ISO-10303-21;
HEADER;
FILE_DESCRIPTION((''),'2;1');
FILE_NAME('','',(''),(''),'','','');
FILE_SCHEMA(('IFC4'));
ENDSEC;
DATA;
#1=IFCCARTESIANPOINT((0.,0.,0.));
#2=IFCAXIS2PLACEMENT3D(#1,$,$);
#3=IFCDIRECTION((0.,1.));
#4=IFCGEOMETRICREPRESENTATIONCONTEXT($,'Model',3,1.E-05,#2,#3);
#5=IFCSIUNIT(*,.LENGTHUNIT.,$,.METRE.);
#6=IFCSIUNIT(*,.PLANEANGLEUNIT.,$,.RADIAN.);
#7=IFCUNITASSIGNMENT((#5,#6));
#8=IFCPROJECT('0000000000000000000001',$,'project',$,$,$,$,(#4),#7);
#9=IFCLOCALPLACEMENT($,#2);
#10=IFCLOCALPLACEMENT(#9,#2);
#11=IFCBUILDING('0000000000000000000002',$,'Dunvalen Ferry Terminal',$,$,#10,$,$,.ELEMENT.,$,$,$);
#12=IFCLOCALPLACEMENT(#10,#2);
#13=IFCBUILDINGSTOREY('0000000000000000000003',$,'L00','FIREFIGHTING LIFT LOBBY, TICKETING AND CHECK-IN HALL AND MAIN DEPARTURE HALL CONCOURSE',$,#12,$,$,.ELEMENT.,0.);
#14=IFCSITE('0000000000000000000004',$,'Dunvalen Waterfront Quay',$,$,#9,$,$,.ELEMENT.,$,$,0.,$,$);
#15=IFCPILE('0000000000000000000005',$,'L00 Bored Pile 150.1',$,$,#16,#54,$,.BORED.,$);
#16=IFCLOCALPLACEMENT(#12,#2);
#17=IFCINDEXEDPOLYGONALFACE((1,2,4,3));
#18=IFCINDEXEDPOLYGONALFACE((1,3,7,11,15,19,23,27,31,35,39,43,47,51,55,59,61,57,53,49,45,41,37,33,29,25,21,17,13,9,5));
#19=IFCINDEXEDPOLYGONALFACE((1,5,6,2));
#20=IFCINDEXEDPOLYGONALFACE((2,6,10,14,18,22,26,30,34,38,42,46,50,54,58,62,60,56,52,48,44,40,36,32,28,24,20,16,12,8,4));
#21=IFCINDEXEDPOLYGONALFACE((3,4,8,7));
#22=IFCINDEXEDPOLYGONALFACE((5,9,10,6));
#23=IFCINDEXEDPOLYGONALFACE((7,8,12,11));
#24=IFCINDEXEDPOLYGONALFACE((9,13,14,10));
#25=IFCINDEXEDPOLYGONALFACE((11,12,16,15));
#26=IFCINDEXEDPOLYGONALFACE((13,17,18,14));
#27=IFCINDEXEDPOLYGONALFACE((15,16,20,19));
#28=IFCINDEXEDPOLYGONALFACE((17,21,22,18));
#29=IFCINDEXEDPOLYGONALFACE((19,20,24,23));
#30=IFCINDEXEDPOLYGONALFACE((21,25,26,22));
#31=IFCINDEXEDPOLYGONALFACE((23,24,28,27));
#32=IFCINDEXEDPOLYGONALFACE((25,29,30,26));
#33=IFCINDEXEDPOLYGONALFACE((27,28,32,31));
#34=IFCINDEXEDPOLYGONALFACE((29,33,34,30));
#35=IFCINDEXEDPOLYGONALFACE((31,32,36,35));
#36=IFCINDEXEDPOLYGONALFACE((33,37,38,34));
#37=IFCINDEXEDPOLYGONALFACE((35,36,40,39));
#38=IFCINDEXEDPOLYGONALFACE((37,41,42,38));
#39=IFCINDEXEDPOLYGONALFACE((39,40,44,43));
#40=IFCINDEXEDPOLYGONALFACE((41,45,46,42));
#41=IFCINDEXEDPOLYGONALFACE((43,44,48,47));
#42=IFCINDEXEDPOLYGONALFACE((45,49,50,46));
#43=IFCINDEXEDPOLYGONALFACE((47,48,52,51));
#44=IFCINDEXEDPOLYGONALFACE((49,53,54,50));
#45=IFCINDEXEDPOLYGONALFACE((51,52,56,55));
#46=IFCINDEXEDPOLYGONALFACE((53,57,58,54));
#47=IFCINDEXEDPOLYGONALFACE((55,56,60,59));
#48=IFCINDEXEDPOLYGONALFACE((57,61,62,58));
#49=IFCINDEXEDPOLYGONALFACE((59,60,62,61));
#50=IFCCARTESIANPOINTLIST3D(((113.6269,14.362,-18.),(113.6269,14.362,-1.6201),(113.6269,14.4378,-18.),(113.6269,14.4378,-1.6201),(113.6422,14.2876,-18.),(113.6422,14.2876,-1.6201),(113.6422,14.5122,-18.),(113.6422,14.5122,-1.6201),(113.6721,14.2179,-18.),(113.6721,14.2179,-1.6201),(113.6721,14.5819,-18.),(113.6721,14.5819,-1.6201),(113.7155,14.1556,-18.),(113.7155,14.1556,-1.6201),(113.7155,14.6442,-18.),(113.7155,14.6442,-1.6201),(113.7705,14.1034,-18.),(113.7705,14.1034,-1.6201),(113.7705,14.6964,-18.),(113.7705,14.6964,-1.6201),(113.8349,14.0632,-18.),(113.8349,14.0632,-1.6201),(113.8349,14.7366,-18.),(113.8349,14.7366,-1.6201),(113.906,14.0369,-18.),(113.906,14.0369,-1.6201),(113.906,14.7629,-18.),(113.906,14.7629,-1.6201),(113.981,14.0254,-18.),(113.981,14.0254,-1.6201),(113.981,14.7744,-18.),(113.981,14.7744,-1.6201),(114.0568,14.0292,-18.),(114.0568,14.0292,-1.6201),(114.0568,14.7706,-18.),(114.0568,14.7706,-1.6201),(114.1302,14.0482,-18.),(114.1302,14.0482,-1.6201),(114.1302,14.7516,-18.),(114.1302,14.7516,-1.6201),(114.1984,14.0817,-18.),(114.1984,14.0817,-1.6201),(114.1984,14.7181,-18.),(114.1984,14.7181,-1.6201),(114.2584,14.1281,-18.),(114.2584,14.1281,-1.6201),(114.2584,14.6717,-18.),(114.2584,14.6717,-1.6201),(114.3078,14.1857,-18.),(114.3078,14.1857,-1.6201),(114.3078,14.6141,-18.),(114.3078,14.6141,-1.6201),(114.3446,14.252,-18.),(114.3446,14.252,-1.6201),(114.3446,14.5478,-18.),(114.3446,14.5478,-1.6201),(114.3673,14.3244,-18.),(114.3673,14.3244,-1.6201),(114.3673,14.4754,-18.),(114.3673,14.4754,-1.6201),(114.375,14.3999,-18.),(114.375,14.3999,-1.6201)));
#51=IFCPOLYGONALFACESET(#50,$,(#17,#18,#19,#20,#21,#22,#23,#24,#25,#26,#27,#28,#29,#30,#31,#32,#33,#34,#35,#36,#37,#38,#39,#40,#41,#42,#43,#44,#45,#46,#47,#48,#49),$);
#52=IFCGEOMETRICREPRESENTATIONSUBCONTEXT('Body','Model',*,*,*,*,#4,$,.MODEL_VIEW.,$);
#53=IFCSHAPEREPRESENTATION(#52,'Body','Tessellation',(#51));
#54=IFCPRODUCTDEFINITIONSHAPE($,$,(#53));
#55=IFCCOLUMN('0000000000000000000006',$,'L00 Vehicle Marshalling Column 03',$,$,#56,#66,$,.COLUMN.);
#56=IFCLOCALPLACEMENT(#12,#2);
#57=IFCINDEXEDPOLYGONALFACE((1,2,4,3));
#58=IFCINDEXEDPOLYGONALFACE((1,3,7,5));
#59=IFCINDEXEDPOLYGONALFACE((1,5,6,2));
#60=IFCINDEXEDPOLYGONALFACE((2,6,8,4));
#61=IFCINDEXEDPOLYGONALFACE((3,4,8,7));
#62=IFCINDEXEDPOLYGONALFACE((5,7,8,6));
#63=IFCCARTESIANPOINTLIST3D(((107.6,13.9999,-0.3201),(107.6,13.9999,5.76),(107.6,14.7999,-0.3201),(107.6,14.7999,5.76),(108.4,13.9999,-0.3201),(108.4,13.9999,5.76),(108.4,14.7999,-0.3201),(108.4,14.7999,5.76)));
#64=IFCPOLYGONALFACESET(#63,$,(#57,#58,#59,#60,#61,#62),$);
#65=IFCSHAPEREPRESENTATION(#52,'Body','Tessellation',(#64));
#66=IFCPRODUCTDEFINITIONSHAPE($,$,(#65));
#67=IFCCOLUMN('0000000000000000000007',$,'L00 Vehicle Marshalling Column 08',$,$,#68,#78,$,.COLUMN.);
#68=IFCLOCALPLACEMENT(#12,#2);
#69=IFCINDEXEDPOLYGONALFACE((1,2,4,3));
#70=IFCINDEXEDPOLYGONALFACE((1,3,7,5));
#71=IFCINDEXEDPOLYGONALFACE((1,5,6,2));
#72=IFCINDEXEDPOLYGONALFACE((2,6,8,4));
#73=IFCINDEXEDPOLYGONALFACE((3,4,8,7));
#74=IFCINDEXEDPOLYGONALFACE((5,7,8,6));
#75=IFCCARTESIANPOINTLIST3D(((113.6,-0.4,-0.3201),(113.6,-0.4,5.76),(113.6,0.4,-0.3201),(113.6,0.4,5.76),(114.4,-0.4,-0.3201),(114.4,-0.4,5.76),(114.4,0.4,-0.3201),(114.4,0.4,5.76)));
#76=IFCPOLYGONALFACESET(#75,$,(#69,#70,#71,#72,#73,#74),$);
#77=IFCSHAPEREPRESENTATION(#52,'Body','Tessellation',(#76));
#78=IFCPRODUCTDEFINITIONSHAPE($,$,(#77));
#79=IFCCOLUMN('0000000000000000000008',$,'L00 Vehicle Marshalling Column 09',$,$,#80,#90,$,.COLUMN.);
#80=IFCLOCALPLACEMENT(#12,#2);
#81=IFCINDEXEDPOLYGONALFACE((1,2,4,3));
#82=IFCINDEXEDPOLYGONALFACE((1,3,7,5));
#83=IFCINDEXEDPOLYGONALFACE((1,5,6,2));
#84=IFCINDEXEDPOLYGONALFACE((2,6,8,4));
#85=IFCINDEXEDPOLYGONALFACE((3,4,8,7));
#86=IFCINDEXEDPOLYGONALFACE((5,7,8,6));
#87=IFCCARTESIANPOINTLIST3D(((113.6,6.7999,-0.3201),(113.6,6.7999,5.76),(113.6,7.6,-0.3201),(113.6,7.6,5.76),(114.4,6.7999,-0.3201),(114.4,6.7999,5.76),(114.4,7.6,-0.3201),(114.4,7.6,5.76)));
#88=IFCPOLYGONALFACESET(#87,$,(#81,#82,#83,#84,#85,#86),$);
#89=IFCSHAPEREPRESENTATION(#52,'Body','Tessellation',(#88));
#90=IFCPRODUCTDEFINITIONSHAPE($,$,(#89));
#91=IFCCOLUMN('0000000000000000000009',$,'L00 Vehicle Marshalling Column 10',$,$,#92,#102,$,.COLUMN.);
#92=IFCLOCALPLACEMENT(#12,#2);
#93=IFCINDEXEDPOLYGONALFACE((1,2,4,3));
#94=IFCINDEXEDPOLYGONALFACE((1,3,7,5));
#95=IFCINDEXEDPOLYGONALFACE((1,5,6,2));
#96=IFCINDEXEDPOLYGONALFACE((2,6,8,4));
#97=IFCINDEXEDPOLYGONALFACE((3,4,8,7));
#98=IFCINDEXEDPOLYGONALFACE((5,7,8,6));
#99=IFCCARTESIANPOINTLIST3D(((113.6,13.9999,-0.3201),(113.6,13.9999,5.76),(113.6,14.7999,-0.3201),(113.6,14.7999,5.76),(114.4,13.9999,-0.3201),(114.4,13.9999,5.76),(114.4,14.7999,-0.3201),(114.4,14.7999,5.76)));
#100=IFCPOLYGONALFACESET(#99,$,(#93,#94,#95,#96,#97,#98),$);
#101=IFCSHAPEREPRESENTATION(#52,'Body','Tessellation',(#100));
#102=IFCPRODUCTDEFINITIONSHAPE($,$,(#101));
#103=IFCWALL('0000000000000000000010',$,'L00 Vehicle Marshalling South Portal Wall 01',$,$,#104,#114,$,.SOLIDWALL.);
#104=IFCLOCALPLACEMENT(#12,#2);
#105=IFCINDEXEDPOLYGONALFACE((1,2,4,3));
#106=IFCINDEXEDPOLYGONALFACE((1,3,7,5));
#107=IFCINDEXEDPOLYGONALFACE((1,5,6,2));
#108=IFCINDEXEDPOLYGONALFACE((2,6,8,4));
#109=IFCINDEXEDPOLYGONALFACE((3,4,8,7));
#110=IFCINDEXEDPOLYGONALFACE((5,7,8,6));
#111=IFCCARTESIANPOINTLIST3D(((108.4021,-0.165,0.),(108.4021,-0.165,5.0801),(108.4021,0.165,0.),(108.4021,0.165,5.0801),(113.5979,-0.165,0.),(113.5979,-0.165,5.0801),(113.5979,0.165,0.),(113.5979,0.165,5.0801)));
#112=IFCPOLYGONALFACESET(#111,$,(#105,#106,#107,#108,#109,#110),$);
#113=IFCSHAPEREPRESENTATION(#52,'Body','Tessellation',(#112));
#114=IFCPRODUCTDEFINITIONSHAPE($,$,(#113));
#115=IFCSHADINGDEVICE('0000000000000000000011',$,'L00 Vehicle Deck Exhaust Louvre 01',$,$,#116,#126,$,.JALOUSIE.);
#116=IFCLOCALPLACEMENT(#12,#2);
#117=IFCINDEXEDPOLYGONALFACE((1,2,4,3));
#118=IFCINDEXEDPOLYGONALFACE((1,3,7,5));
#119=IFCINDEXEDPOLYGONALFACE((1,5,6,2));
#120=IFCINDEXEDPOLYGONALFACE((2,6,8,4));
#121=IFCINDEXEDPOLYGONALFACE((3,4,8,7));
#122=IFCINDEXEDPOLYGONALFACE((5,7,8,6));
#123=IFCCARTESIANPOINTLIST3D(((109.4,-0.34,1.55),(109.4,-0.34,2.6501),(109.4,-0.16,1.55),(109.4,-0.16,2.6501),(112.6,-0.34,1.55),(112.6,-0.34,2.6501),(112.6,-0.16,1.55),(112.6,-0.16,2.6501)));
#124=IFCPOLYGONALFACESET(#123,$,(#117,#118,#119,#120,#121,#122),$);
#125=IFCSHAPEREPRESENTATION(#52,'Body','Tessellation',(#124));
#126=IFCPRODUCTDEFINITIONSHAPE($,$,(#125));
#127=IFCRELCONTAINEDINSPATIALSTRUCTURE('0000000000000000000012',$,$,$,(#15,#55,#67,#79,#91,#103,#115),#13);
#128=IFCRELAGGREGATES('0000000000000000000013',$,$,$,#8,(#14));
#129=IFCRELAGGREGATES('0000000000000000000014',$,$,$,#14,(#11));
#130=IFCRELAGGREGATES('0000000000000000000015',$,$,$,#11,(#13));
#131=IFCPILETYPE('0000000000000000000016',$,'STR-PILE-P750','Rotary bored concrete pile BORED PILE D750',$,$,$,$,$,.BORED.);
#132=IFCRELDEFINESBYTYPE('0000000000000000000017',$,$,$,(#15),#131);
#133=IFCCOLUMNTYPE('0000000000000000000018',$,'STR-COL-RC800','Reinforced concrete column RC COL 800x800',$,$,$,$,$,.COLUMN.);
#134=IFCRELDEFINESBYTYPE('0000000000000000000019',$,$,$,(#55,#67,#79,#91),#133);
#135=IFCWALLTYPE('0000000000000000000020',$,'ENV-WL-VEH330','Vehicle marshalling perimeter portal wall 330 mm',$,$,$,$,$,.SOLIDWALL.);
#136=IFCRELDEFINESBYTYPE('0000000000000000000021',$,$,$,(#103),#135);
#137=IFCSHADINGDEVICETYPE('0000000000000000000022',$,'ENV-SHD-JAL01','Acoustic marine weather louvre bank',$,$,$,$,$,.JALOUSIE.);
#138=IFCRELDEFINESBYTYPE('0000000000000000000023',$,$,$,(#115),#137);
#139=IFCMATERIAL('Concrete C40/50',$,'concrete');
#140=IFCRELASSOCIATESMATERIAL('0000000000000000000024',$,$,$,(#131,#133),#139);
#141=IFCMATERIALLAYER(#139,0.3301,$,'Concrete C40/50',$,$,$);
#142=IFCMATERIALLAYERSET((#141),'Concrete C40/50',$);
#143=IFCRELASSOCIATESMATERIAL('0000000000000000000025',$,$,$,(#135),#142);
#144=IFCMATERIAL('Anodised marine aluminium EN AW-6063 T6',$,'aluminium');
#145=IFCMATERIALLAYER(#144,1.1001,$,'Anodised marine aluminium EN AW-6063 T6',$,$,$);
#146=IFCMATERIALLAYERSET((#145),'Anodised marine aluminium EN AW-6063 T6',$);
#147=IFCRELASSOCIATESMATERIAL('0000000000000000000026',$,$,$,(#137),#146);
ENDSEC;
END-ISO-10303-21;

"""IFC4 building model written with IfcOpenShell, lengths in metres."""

from ifc_helpers import new_model, si_unit, direction, frame, frame_2d, origin, origin_2d, place, context, subcontext, project, spatial, rectangle, circle, extrude, material, layer, layer_set, material_profile, profile_set, type_object, element, save


model = new_model("IFC4")

# Units and contexts
model_context = context("Model", 3, precision=1e-05, world=origin(), true_north=direction((0.0, 1.0)))
body_context = subcontext(model_context, "Body", "Model", "MODEL_VIEW")
ifc_project = project(units=[si_unit("LENGTHUNIT", "METRE"), si_unit("PLANEANGLEUNIT", "RADIAN")], contexts=[model_context])

# Site, building, storey
site_placement = place(None, origin())
site = spatial("IfcSite", under=ifc_project, at=site_placement, Name="Dunvalen Waterfront Quay", CompositionType="ELEMENT", RefElevation=0.0)
building_placement = place(site_placement, origin())
building = spatial("IfcBuilding", under=site, at=building_placement, Name="Dunvalen Ferry Terminal", CompositionType="ELEMENT")
storey_placement = place(building_placement, origin())
storey = spatial("IfcBuildingStorey", under=building, at=storey_placement, Name="L00", Description="FIREFIGHTING LIFT LOBBY, TICKETING AND CHECK-IN HALL AND MAIN DEPARTURE HALL CONCOURSE", CompositionType="ELEMENT", Elevation=0.0)

# Shared definitions
ifc_material_1 = material(Name="Concrete C40/50", Category="concrete")

# Pile
ifc_material_profile_1 = material_profile(ifc_material_1, circle(Radius=0.375, at=origin_2d()), Name="Concrete C40/50")
ifc_profile_set_1 = profile_set([ifc_material_profile_1], Name="Concrete C40/50")
pile_type = type_object("IfcPileType", Name="STR-PILE-P750", Description="Rotary bored concrete pile BORED PILE D750", PredefinedType="BORED", material=ifc_profile_set_1)
pile_1_placement = place(storey_placement, frame((114.0, 14.3999, -1.6201), z_axis=(0.0, 0.0, -1.0), x_axis=(1.0, 0.0, 0.0)))
element("IfcPile", 1, at=pile_1_placement, inside=storey, type_object=pile_type, Name="L00 Bored Pile 150.1", PredefinedType="BORED", context=body_context, shape_type="SweptSolid", body=[
    extrude(circle(Radius=0.375, at=origin_2d()), origin(), (0.0, 0.0, 1.0), 16.3799),
])

# Columns
ifc_material_profile_2 = material_profile(ifc_material_1, rectangle(XDim=0.8, YDim=0.8, at=origin_2d()), Name="Concrete C40/50")
ifc_profile_set_2 = profile_set([ifc_material_profile_2], Name="Concrete C40/50")
column_type = type_object("IfcColumnType", Name="STR-COL-RC800", Description="Reinforced concrete column RC COL 800x800", PredefinedType="COLUMN", material=ifc_profile_set_2)
for number, where, z_axis, x_axis, name in (
    (2, (108.0, 14.3999, -0.3201), (0.0, 0.0, 1.0), (1.0, 0.0, 0.0), "L00 Vehicle Marshalling Column 03"),
    (3, (114.0, 0.0, -0.3201), (0.0, 0.0, 1.0), (1.0, 0.0, 0.0), "L00 Vehicle Marshalling Column 08"),
    (4, (114.0, 7.2, -0.3201), (0.0, 0.0, 1.0), (1.0, 0.0, 0.0), "L00 Vehicle Marshalling Column 09"),
    (5, (114.0, 14.3999, -0.3201), (0.0, 0.0, 1.0), (1.0, 0.0, 0.0), "L00 Vehicle Marshalling Column 10"),
):
    element("IfcColumn", number, at=place(storey_placement, frame(where, z_axis=z_axis, x_axis=x_axis)), inside=storey, type_object=column_type, Name=name, PredefinedType="COLUMN", context=body_context, shape_type="SweptSolid", body=[
        extrude(rectangle(XDim=0.8, YDim=0.8, at=origin_2d()), origin(), (0.0, 0.0, 1.0), 6.0801),
    ])

# Wall
ifc_layer_1 = layer(ifc_material_1, 0.3301, Name="Concrete C40/50")
ifc_layer_set_1 = layer_set([ifc_layer_1], Name="Concrete C40/50")
wall_type = type_object("IfcWallType", Name="ENV-WL-VEH330", Description="Vehicle marshalling perimeter portal wall 330 mm", PredefinedType="SOLIDWALL", material=ifc_layer_set_1)
wall_1_placement = place(storey_placement, frame((108.4021, 0.0, 0.0), z_axis=(0.0, 0.0, 1.0), x_axis=(1.0, 0.0, 0.0)))
element("IfcWall", 6, at=wall_1_placement, inside=storey, type_object=wall_type, Name="L00 Vehicle Marshalling South Portal Wall 01", PredefinedType="SOLIDWALL", context=body_context, shape_type="SweptSolid", body=[
    extrude(rectangle(XDim=5.1958, YDim=0.3301, at=frame_2d((2.5979, 0.0))), origin(), (0.0, 0.0, 1.0), 5.0801),
])

# Shading device
ifc_material_2 = material(Name="Anodised marine aluminium EN AW-6063 T6", Category="aluminium")
ifc_layer_2 = layer(ifc_material_2, 1.1001, Name="Anodised marine aluminium EN AW-6063 T6")
ifc_layer_set_2 = layer_set([ifc_layer_2], Name="Anodised marine aluminium EN AW-6063 T6")
shading_device_type = type_object("IfcShadingDeviceType", Name="ENV-SHD-JAL01", Description="Acoustic marine weather louvre bank", PredefinedType="JALOUSIE", material=ifc_layer_set_2)
shading_device_placement = place(storey_placement, frame((111.0, -0.25, 1.55), z_axis=(0.0, 0.0, 1.0), x_axis=(1.0, 0.0, 0.0)))
element("IfcShadingDevice", 7, at=shading_device_placement, inside=storey, type_object=shading_device_type, Name="L00 Vehicle Deck Exhaust Louvre 01", PredefinedType="JALOUSIE", context=body_context, shape_type="SweptSolid", body=[
    extrude(rectangle(XDim=3.2, YDim=0.1799, at=origin_2d()), origin(), (0.0, 0.0, 1.0), 1.1001),
])

save(model, "model.ifc")
